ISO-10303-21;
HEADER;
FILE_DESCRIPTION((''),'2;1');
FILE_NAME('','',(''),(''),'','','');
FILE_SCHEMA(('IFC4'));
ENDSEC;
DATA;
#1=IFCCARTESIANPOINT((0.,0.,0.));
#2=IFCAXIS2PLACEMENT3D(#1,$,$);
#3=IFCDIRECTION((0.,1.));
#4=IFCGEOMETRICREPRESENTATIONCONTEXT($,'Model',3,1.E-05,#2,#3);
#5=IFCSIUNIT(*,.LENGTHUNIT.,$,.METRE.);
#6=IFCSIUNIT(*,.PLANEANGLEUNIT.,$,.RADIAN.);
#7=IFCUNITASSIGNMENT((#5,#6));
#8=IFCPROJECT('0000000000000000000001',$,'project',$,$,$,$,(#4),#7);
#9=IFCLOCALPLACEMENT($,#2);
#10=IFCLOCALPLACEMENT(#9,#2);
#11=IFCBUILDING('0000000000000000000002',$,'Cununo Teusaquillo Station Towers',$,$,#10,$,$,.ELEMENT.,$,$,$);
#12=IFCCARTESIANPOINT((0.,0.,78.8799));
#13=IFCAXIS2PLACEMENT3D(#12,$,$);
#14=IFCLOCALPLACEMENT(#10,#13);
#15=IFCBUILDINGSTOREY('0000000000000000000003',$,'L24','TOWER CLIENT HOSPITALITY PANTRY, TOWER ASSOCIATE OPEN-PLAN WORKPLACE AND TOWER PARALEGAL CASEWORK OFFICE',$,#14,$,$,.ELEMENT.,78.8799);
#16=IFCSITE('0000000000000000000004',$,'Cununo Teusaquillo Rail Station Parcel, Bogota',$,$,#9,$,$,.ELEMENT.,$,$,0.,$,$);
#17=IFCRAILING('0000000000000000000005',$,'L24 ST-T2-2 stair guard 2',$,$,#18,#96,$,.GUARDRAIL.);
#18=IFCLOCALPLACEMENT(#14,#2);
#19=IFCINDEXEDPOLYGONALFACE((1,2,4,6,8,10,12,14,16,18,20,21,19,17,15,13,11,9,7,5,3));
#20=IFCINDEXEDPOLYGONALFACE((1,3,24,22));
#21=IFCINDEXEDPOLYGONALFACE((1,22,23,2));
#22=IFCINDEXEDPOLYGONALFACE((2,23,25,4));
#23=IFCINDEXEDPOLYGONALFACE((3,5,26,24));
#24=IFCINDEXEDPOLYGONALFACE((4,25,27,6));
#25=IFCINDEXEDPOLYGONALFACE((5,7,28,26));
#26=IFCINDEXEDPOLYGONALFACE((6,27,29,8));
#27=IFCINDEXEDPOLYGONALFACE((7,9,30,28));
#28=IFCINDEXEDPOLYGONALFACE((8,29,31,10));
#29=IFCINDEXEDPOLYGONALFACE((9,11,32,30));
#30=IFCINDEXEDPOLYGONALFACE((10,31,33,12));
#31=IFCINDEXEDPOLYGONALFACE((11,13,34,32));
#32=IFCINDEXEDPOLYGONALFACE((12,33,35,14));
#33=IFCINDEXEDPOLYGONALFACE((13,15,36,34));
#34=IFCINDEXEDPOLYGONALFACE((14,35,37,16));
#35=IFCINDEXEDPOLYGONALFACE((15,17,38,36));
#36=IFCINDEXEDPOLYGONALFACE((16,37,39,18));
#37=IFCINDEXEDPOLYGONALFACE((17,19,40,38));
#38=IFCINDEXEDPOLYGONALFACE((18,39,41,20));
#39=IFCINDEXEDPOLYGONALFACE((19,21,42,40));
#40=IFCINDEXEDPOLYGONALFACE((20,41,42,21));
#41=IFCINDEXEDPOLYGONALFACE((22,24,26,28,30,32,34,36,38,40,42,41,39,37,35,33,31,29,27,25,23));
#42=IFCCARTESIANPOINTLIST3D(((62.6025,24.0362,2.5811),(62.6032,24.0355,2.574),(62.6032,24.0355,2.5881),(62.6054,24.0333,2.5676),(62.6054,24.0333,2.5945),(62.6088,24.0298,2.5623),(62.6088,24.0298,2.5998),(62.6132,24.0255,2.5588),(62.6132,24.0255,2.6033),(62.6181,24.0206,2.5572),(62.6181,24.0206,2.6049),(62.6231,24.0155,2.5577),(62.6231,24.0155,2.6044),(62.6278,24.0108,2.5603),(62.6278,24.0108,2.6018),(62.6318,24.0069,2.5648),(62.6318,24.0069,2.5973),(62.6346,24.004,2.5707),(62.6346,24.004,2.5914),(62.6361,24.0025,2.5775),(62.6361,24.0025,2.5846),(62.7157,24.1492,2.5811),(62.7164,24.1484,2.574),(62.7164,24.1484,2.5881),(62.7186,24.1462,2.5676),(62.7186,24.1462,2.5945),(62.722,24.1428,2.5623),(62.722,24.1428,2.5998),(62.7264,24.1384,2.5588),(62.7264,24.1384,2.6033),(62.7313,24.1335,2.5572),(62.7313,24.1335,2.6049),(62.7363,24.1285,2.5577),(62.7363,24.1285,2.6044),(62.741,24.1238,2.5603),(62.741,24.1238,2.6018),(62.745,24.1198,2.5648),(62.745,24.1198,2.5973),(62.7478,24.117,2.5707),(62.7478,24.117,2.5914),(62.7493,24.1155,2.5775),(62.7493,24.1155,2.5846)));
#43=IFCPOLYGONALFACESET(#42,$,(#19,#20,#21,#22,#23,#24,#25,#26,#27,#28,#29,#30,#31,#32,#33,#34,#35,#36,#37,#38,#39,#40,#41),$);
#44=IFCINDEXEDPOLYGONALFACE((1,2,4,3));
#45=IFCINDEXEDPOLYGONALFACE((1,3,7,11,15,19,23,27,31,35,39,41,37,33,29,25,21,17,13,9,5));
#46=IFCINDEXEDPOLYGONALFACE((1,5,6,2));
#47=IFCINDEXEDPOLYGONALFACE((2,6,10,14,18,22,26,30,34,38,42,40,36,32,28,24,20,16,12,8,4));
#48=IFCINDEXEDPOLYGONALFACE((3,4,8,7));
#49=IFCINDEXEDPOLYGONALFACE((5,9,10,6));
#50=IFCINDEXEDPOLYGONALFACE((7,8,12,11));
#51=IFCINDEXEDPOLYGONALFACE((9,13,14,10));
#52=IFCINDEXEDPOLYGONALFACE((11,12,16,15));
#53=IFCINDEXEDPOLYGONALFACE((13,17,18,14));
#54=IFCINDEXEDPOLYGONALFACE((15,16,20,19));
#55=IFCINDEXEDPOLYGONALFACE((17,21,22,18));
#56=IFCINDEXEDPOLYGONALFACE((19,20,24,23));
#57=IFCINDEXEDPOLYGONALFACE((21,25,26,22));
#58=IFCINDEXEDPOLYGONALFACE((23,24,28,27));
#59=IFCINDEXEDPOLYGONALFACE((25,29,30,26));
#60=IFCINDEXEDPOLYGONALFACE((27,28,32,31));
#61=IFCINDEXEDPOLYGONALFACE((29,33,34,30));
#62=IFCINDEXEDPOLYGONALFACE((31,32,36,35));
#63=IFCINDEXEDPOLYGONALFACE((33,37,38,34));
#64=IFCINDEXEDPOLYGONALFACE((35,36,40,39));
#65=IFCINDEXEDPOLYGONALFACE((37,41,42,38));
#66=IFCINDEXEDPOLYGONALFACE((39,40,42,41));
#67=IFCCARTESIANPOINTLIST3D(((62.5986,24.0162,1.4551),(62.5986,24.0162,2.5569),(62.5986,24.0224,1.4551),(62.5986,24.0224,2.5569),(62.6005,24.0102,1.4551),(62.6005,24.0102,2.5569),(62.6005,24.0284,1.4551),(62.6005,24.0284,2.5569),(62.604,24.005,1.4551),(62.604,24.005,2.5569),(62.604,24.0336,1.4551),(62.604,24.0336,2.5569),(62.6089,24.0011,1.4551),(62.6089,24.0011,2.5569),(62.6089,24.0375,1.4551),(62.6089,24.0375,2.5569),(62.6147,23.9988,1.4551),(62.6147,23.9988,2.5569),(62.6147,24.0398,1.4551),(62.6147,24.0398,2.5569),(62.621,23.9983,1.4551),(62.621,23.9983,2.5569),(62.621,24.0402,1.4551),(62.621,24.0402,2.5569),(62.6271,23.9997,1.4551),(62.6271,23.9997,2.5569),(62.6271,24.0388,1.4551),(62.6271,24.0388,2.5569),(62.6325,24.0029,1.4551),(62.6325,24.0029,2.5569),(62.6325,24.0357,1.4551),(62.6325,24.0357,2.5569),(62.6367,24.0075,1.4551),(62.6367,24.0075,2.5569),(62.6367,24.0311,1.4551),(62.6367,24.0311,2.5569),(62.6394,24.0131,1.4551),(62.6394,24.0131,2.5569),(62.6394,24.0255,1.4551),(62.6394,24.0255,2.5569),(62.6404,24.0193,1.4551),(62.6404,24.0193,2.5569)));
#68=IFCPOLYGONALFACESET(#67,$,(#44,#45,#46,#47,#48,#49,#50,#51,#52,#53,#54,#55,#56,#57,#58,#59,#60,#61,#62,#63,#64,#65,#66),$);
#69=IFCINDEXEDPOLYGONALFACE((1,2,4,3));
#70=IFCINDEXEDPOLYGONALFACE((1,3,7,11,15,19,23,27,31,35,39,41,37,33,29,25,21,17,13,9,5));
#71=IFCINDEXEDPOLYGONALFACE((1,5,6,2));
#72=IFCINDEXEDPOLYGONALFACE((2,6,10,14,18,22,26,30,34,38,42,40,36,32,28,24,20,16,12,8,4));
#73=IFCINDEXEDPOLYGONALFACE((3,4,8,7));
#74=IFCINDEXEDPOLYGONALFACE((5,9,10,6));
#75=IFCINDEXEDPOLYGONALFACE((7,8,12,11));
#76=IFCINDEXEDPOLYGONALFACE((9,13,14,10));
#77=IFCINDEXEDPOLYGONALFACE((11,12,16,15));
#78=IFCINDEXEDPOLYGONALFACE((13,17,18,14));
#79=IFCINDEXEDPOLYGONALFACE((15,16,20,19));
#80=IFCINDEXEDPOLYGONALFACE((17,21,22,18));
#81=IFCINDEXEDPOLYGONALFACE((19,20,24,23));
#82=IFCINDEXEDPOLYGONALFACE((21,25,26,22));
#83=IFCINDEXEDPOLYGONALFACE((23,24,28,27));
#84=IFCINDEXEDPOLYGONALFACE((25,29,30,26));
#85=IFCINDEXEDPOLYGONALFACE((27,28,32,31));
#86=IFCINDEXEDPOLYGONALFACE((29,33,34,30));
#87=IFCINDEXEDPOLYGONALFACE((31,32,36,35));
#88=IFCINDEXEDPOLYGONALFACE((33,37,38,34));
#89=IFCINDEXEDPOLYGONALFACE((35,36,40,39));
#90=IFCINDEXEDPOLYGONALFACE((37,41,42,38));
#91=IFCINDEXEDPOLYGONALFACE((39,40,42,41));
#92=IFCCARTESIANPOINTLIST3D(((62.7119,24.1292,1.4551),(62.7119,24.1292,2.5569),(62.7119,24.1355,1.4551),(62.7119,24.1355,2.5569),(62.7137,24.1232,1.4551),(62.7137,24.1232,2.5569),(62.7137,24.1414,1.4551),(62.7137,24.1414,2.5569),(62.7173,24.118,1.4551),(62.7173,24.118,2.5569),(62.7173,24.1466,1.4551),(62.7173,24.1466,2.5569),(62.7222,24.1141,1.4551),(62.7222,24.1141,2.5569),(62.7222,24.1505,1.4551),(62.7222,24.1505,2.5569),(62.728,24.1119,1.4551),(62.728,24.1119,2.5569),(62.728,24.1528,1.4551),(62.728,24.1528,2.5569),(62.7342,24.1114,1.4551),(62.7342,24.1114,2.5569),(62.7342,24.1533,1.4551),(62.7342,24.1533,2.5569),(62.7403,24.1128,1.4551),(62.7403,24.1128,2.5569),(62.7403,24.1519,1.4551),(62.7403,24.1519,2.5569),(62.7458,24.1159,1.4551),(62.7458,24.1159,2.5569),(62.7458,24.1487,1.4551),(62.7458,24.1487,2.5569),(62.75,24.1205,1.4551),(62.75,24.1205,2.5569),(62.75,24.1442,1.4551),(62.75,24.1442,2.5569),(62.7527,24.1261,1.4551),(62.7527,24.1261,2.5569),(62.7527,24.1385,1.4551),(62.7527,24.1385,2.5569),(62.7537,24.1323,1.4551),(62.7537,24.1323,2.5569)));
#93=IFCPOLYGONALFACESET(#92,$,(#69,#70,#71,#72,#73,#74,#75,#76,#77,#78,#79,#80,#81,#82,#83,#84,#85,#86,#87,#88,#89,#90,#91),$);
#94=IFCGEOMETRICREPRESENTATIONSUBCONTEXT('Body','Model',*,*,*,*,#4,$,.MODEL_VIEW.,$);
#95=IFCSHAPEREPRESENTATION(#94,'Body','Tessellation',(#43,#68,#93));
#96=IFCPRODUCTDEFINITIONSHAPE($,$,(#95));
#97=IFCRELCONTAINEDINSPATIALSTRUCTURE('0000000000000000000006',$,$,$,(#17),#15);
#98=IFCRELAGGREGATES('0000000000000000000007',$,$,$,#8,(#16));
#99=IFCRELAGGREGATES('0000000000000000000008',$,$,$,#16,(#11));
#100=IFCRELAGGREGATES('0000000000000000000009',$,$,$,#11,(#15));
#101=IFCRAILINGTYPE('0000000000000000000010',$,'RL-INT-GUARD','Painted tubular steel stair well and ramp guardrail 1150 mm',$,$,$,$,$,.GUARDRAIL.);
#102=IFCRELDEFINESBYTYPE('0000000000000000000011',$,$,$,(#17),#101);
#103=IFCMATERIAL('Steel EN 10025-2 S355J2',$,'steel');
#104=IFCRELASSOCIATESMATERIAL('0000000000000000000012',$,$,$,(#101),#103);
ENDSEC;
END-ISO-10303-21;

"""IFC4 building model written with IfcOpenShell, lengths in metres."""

from ifc_helpers import new_model, si_unit, direction, frame, origin, origin_2d, place, context, subcontext, project, spatial, circle, extrude, material, type_object, element, save


model = new_model("IFC4")

# Units and contexts
model_context = context("Model", 3, precision=1e-05, world=origin(), true_north=direction((0.0, 1.0)))
body_context = subcontext(model_context, "Body", "Model", "MODEL_VIEW")
ifc_project = project(units=[si_unit("LENGTHUNIT", "METRE"), si_unit("PLANEANGLEUNIT", "RADIAN")], contexts=[model_context])

# Site, building, storey
site_placement = place(None, origin())
site = spatial("IfcSite", under=ifc_project, at=site_placement, Name="Cununo Teusaquillo Rail Station Parcel, Bogota", CompositionType="ELEMENT", RefElevation=0.0)
building_placement = place(site_placement, origin())
building = spatial("IfcBuilding", under=site, at=building_placement, Name="Cununo Teusaquillo Station Towers", CompositionType="ELEMENT")
storey_placement = place(building_placement, frame((0.0, 0.0, 78.8799)))
storey = spatial("IfcBuildingStorey", under=building, at=storey_placement, Name="L24", Description="TOWER CLIENT HOSPITALITY PANTRY, TOWER ASSOCIATE OPEN-PLAN WORKPLACE AND TOWER PARALEGAL CASEWORK OFFICE", CompositionType="ELEMENT", Elevation=78.8799)

# Railing
ifc_material_1 = material(Name="Steel EN 10025-2 S355J2", Category="steel")
railing_type_1 = type_object("IfcRailingType", Name="RL-INT-GUARD", Description="Painted tubular steel stair well and ramp guardrail 1150 mm", PredefinedType="GUARDRAIL", material=ifc_material_1)
railing_1_placement = place(storey_placement, frame((62.6194, 24.0193, 1.4551)))
element("IfcRailing", 1, at=railing_1_placement, inside=storey, type_object=railing_type_1, Name="L24 ST-T2-2 stair guard 2", PredefinedType="GUARDRAIL", context=body_context, shape_type="SweptSolid", body=[
    extrude(circle(Radius=0.0239, at=origin_2d()), frame((0.0, 0.0, 1.126), z_axis=(0.707869, 0.706344, 0.0), x_axis=(-0.706344, 0.707869, 0.0)), (0.0, 0.0, 1.0), 0.1599),
    extrude(circle(Radius=0.021, at=origin_2d()), origin(), (0.0, 0.0, 1.0), 1.1018),
    extrude(circle(Radius=0.021, at=origin_2d()), frame((0.1133, 0.113, 0.0)), (0.0, 0.0, 1.0), 1.1018),
])

save(model, "model.ifc")
